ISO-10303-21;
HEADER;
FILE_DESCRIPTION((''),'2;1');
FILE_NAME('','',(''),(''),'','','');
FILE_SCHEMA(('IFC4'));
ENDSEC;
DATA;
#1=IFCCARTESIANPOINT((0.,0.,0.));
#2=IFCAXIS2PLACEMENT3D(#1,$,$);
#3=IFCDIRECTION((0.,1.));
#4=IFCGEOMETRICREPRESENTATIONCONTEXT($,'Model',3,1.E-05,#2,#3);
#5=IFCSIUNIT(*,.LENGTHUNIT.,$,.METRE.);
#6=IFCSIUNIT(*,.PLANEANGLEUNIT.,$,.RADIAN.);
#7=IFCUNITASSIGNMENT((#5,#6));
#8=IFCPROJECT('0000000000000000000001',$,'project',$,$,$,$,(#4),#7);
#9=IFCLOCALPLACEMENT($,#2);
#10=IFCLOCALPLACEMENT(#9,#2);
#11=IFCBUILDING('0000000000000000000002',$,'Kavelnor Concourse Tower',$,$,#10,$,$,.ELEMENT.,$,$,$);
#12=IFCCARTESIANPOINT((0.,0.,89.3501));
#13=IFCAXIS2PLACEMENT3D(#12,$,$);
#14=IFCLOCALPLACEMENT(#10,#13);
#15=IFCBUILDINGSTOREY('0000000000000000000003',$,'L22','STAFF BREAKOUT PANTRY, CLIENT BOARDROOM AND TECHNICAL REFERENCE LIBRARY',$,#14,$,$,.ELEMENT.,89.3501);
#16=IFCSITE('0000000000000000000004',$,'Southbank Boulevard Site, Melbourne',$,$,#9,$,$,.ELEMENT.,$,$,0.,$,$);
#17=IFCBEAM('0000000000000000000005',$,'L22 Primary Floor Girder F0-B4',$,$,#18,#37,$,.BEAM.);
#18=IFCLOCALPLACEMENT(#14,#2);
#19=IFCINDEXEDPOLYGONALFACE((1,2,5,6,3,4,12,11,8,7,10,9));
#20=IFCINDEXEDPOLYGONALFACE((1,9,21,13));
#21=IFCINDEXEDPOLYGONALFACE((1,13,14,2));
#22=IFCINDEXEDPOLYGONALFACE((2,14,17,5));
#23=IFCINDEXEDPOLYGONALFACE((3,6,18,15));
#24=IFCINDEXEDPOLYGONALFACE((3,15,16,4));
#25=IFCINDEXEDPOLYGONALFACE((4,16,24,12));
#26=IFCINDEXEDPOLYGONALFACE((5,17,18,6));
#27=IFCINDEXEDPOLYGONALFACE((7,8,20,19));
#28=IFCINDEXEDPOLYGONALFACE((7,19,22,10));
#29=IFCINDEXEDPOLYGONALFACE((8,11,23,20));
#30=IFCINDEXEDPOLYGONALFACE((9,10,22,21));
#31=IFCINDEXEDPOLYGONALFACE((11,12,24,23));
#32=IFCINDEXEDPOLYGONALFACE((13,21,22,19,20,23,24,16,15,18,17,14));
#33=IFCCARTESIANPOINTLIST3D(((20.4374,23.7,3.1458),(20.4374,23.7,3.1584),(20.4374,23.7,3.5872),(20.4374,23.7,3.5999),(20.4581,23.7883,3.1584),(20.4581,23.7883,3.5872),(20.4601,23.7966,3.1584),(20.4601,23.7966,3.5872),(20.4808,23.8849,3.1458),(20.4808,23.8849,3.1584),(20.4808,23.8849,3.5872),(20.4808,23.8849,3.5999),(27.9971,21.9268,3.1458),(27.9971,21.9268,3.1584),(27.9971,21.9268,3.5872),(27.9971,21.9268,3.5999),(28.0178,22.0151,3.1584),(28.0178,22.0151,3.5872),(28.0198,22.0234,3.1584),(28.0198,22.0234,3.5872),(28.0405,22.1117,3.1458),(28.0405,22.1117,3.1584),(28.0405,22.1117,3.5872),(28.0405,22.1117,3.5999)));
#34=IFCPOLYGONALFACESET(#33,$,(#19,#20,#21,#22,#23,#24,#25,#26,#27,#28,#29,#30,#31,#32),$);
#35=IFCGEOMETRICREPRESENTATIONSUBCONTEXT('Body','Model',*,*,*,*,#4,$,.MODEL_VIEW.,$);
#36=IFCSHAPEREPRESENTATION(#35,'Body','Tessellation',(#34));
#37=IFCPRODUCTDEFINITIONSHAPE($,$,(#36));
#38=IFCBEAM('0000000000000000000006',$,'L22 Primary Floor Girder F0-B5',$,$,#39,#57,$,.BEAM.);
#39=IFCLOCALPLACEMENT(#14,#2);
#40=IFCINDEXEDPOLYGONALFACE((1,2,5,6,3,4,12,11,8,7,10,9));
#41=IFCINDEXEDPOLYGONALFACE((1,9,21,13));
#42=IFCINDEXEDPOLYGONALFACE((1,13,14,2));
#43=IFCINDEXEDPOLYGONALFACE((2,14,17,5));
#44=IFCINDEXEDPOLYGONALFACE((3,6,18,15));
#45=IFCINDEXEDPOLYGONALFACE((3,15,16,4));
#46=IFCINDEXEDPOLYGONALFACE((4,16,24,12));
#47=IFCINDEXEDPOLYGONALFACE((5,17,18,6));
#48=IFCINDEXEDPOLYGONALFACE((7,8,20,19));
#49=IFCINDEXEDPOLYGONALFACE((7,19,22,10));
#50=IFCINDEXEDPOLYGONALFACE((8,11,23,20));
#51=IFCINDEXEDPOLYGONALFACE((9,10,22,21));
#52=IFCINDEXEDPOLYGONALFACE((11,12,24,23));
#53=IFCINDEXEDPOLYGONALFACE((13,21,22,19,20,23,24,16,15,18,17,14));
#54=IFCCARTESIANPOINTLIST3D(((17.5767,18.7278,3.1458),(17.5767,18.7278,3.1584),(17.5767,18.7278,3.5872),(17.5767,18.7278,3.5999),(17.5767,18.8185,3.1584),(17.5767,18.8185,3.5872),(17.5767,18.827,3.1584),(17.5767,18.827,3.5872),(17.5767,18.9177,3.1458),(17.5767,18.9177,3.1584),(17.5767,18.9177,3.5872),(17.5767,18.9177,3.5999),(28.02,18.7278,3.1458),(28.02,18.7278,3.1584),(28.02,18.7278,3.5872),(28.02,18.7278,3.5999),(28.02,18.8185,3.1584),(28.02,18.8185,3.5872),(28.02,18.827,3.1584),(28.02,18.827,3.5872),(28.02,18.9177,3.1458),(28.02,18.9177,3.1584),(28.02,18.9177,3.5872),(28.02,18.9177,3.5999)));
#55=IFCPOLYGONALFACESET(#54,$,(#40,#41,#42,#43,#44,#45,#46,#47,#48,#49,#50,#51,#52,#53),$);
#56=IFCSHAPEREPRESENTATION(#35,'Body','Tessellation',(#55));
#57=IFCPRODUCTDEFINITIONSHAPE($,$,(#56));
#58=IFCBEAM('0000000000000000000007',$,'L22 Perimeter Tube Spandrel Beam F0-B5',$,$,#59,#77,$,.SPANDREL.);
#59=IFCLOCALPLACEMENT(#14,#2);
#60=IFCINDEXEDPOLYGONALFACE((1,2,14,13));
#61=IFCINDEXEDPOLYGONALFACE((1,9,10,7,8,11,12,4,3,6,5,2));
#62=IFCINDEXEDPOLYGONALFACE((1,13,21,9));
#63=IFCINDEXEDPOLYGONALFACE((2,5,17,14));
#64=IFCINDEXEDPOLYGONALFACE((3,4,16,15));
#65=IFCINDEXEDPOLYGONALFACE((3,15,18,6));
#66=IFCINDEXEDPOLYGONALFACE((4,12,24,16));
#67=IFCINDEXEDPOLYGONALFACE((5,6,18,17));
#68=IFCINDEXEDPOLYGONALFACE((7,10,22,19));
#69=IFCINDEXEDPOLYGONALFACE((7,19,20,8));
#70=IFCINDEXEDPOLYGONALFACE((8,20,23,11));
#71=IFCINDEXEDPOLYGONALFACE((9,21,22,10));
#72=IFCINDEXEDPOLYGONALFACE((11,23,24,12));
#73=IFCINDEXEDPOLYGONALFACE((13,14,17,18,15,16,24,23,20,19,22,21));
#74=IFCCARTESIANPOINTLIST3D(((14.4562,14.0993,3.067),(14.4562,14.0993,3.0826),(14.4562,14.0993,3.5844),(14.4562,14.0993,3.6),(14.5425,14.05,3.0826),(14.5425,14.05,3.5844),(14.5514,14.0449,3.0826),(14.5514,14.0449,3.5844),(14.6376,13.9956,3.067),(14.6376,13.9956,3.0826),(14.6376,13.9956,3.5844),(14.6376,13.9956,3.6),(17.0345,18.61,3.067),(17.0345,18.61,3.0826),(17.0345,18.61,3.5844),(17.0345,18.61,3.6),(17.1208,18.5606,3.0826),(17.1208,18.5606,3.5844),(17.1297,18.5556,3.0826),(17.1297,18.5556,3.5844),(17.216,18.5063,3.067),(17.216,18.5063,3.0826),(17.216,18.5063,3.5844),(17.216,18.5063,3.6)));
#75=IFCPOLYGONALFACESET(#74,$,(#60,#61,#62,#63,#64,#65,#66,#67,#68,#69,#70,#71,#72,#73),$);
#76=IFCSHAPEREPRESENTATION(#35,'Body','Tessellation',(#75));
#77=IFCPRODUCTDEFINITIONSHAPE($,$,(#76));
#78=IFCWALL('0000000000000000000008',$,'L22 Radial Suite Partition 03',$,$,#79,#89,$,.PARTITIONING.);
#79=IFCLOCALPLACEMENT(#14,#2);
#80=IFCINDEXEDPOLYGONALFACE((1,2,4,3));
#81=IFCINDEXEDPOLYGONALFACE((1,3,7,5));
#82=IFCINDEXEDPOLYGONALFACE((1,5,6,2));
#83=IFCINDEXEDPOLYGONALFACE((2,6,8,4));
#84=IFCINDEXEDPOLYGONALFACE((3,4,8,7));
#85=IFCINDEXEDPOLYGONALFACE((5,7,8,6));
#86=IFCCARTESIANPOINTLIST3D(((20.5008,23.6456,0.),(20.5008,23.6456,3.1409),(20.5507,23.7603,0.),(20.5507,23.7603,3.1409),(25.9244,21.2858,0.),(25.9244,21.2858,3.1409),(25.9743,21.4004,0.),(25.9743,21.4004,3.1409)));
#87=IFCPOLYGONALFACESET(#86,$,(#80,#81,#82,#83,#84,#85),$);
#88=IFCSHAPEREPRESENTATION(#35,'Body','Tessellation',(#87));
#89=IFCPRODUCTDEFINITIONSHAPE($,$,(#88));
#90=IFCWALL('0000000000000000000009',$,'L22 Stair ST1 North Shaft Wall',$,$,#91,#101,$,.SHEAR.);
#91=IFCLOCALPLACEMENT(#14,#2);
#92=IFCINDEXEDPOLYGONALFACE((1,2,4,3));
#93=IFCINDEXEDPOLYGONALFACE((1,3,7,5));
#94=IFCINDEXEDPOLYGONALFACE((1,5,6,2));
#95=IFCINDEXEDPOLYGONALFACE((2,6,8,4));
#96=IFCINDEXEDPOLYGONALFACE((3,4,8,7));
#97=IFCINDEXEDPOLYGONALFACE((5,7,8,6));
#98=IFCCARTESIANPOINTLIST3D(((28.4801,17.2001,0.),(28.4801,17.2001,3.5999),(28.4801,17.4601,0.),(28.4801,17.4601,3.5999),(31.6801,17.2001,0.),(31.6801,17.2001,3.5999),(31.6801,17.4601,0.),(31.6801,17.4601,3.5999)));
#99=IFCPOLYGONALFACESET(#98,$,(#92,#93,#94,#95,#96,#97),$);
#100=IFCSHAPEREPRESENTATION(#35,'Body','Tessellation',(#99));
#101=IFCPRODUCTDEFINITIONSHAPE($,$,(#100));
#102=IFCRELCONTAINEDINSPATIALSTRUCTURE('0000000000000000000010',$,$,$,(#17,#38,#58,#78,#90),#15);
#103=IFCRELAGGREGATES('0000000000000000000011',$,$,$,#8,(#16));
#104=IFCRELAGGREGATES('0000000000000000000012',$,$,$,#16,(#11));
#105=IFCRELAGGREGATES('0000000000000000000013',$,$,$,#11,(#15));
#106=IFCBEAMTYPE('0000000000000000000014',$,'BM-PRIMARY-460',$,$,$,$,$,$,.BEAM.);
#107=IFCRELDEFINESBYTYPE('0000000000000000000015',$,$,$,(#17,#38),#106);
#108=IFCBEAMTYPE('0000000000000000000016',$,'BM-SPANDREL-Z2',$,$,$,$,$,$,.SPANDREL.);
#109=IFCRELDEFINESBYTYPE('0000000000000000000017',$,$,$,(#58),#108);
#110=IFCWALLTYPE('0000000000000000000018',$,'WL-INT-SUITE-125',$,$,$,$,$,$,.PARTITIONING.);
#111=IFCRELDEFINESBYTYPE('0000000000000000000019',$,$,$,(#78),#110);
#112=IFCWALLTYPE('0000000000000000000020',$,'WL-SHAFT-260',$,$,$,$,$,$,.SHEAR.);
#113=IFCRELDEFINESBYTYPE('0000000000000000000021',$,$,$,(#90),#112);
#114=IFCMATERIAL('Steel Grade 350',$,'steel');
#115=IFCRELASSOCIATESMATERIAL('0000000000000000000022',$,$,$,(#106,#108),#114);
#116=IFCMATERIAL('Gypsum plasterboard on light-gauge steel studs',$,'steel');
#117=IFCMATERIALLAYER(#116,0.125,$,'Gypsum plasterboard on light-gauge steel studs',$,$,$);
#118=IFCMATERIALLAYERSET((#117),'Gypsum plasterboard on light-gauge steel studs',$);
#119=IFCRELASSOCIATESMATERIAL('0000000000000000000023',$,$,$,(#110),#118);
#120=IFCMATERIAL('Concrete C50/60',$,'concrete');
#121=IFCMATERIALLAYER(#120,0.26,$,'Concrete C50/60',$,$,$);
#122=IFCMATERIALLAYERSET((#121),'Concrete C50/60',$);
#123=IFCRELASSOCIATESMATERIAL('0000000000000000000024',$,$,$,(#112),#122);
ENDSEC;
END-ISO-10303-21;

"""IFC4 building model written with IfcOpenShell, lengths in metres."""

from ifc_helpers import new_model, si_unit, direction, frame, frame_2d, origin, origin_2d, place, context, subcontext, project, spatial, rectangle, i_section, extrude, material, layer, layer_set, material_profile, profile_set, type_object, element, save


model = new_model("IFC4")

# Units and contexts
model_context = context("Model", 3, precision=1e-05, world=origin(), true_north=direction((0.0, 1.0)))
body_context = subcontext(model_context, "Body", "Model", "MODEL_VIEW")
ifc_project = project(units=[si_unit("LENGTHUNIT", "METRE"), si_unit("PLANEANGLEUNIT", "RADIAN")], contexts=[model_context])

# Site, building, storey
site_placement = place(None, origin())
site = spatial("IfcSite", under=ifc_project, at=site_placement, Name="Southbank Boulevard Site, Melbourne", CompositionType="ELEMENT", RefElevation=0.0)
building_placement = place(site_placement, origin())
building = spatial("IfcBuilding", under=site, at=building_placement, Name="Kavelnor Concourse Tower", CompositionType="ELEMENT")
storey_placement = place(building_placement, frame((0.0, 0.0, 89.3501)))
storey = spatial("IfcBuildingStorey", under=building, at=storey_placement, Name="L22", Description="STAFF BREAKOUT PANTRY, CLIENT BOARDROOM AND TECHNICAL REFERENCE LIBRARY", CompositionType="ELEMENT", Elevation=89.3501)

# Shared definitions
ifc_material_1 = material(Name="Steel Grade 350", Category="steel")

# Beams
ifc_material_profile_1 = material_profile(ifc_material_1, i_section(OverallWidth=0.1899, OverallDepth=0.4541, WebThickness=0.0085, FlangeThickness=0.0127, at=origin_2d()), Name="460UB67")
ifc_profile_set_1 = profile_set([ifc_material_profile_1], Name="Steel Grade 350")
beam_type_1 = type_object("IfcBeamType", Name="BM-PRIMARY-460", PredefinedType="BEAM", material=ifc_profile_set_1)
beam_1_placement = place(storey_placement, frame((28.0188, 22.0193, 3.3728), z_axis=(-0.973577, 0.228358, 0.0), x_axis=(-0.228358, -0.973577, 0.0)))
element("IfcBeam", 1, at=beam_1_placement, inside=storey, type_object=beam_type_1, Name="L22 Primary Floor Girder F0-B4", PredefinedType="BEAM", context=body_context, shape_type="SweptSolid", body=[
    extrude(i_section(OverallWidth=0.1899, OverallDepth=0.4541, WebThickness=0.0085, FlangeThickness=0.0127, at=origin_2d()), origin(), (0.0, 0.0, 1.0), 7.7649),
])
beam_2_placement = place(storey_placement, frame((28.02, 18.8228, 3.3728), z_axis=(-1.0, 0.0, 0.0), x_axis=(0.0, -1.0, 0.0)))
element("IfcBeam", 2, at=beam_2_placement, inside=storey, type_object=beam_type_1, Name="L22 Primary Floor Girder F0-B5", PredefinedType="BEAM", context=body_context, shape_type="SweptSolid", body=[
    extrude(i_section(OverallWidth=0.1899, OverallDepth=0.4541, WebThickness=0.0085, FlangeThickness=0.0127, at=origin_2d()), origin(), (0.0, 0.0, 1.0), 10.4434),
])
ifc_material_profile_2 = material_profile(ifc_material_1, i_section(OverallWidth=0.209, OverallDepth=0.533, WebThickness=0.0103, FlangeThickness=0.0156, at=origin_2d()), Name="530UB92")
ifc_profile_set_2 = profile_set([ifc_material_profile_2], Name="Steel Grade 350")
beam_type_2 = type_object("IfcBeamType", Name="BM-SPANDREL-Z2", PredefinedType="SPANDREL", material=ifc_profile_set_2)
beam_3_placement = place(storey_placement, frame((17.1252, 18.5581, 3.3335), z_axis=(-0.496255, -0.868177, 0.0), x_axis=(0.868177, -0.496255, 0.0)))
element("IfcBeam", 3, at=beam_3_placement, inside=storey, type_object=beam_type_2, Name="L22 Perimeter Tube Spandrel Beam F0-B5", PredefinedType="SPANDREL", context=body_context, shape_type="SweptSolid", body=[
    extrude(i_section(OverallWidth=0.209, OverallDepth=0.533, WebThickness=0.0103, FlangeThickness=0.0156, at=origin_2d()), origin(), (0.0, 0.0, 1.0), 5.1956),
])

# Walls
ifc_material_2 = material(Name="Gypsum plasterboard on light-gauge steel studs", Category="steel")
ifc_layer_1 = layer(ifc_material_2, 0.125, Name="Gypsum plasterboard on light-gauge steel studs")
ifc_layer_set_1 = layer_set([ifc_layer_1], Name="Gypsum plasterboard on light-gauge steel studs")
wall_type_1 = type_object("IfcWallType", Name="WL-INT-SUITE-125", PredefinedType="PARTITIONING", material=ifc_layer_set_1)
wall_1_placement = place(storey_placement, frame((25.9495, 21.343, 0.0), z_axis=(0.0, 0.0, 1.0), x_axis=(-0.91696, 0.39898, 0.0)))
element("IfcWall", 4, at=wall_1_placement, inside=storey, type_object=wall_type_1, Name="L22 Radial Suite Partition 03", PredefinedType="PARTITIONING", context=body_context, shape_type="SweptSolid", body=[
    extrude(rectangle(XDim=5.9148, YDim=0.125, at=frame_2d((2.9575, 0.0))), origin(), (0.0, 0.0, 1.0), 3.1409),
])
ifc_material_3 = material(Name="Concrete C50/60", Category="concrete")
ifc_layer_2 = layer(ifc_material_3, 0.26, Name="Concrete C50/60")
ifc_layer_set_2 = layer_set([ifc_layer_2], Name="Concrete C50/60")
wall_type_2 = type_object("IfcWallType", Name="WL-SHAFT-260", PredefinedType="SHEAR", material=ifc_layer_set_2)
wall_2_placement = place(storey_placement, frame((28.48, 17.3301, 0.0), z_axis=(0.0, 0.0, 1.0), x_axis=(1.0, 0.0, 0.0)))
element("IfcWall", 5, at=wall_2_placement, inside=storey, type_object=wall_type_2, Name="L22 Stair ST1 North Shaft Wall", PredefinedType="SHEAR", context=body_context, shape_type="SweptSolid", body=[
    extrude(rectangle(XDim=3.2, YDim=0.26, at=frame_2d((1.6001, 0.0))), origin(), (0.0, 0.0, 1.0), 3.5999),
])

save(model, "model.ifc")
